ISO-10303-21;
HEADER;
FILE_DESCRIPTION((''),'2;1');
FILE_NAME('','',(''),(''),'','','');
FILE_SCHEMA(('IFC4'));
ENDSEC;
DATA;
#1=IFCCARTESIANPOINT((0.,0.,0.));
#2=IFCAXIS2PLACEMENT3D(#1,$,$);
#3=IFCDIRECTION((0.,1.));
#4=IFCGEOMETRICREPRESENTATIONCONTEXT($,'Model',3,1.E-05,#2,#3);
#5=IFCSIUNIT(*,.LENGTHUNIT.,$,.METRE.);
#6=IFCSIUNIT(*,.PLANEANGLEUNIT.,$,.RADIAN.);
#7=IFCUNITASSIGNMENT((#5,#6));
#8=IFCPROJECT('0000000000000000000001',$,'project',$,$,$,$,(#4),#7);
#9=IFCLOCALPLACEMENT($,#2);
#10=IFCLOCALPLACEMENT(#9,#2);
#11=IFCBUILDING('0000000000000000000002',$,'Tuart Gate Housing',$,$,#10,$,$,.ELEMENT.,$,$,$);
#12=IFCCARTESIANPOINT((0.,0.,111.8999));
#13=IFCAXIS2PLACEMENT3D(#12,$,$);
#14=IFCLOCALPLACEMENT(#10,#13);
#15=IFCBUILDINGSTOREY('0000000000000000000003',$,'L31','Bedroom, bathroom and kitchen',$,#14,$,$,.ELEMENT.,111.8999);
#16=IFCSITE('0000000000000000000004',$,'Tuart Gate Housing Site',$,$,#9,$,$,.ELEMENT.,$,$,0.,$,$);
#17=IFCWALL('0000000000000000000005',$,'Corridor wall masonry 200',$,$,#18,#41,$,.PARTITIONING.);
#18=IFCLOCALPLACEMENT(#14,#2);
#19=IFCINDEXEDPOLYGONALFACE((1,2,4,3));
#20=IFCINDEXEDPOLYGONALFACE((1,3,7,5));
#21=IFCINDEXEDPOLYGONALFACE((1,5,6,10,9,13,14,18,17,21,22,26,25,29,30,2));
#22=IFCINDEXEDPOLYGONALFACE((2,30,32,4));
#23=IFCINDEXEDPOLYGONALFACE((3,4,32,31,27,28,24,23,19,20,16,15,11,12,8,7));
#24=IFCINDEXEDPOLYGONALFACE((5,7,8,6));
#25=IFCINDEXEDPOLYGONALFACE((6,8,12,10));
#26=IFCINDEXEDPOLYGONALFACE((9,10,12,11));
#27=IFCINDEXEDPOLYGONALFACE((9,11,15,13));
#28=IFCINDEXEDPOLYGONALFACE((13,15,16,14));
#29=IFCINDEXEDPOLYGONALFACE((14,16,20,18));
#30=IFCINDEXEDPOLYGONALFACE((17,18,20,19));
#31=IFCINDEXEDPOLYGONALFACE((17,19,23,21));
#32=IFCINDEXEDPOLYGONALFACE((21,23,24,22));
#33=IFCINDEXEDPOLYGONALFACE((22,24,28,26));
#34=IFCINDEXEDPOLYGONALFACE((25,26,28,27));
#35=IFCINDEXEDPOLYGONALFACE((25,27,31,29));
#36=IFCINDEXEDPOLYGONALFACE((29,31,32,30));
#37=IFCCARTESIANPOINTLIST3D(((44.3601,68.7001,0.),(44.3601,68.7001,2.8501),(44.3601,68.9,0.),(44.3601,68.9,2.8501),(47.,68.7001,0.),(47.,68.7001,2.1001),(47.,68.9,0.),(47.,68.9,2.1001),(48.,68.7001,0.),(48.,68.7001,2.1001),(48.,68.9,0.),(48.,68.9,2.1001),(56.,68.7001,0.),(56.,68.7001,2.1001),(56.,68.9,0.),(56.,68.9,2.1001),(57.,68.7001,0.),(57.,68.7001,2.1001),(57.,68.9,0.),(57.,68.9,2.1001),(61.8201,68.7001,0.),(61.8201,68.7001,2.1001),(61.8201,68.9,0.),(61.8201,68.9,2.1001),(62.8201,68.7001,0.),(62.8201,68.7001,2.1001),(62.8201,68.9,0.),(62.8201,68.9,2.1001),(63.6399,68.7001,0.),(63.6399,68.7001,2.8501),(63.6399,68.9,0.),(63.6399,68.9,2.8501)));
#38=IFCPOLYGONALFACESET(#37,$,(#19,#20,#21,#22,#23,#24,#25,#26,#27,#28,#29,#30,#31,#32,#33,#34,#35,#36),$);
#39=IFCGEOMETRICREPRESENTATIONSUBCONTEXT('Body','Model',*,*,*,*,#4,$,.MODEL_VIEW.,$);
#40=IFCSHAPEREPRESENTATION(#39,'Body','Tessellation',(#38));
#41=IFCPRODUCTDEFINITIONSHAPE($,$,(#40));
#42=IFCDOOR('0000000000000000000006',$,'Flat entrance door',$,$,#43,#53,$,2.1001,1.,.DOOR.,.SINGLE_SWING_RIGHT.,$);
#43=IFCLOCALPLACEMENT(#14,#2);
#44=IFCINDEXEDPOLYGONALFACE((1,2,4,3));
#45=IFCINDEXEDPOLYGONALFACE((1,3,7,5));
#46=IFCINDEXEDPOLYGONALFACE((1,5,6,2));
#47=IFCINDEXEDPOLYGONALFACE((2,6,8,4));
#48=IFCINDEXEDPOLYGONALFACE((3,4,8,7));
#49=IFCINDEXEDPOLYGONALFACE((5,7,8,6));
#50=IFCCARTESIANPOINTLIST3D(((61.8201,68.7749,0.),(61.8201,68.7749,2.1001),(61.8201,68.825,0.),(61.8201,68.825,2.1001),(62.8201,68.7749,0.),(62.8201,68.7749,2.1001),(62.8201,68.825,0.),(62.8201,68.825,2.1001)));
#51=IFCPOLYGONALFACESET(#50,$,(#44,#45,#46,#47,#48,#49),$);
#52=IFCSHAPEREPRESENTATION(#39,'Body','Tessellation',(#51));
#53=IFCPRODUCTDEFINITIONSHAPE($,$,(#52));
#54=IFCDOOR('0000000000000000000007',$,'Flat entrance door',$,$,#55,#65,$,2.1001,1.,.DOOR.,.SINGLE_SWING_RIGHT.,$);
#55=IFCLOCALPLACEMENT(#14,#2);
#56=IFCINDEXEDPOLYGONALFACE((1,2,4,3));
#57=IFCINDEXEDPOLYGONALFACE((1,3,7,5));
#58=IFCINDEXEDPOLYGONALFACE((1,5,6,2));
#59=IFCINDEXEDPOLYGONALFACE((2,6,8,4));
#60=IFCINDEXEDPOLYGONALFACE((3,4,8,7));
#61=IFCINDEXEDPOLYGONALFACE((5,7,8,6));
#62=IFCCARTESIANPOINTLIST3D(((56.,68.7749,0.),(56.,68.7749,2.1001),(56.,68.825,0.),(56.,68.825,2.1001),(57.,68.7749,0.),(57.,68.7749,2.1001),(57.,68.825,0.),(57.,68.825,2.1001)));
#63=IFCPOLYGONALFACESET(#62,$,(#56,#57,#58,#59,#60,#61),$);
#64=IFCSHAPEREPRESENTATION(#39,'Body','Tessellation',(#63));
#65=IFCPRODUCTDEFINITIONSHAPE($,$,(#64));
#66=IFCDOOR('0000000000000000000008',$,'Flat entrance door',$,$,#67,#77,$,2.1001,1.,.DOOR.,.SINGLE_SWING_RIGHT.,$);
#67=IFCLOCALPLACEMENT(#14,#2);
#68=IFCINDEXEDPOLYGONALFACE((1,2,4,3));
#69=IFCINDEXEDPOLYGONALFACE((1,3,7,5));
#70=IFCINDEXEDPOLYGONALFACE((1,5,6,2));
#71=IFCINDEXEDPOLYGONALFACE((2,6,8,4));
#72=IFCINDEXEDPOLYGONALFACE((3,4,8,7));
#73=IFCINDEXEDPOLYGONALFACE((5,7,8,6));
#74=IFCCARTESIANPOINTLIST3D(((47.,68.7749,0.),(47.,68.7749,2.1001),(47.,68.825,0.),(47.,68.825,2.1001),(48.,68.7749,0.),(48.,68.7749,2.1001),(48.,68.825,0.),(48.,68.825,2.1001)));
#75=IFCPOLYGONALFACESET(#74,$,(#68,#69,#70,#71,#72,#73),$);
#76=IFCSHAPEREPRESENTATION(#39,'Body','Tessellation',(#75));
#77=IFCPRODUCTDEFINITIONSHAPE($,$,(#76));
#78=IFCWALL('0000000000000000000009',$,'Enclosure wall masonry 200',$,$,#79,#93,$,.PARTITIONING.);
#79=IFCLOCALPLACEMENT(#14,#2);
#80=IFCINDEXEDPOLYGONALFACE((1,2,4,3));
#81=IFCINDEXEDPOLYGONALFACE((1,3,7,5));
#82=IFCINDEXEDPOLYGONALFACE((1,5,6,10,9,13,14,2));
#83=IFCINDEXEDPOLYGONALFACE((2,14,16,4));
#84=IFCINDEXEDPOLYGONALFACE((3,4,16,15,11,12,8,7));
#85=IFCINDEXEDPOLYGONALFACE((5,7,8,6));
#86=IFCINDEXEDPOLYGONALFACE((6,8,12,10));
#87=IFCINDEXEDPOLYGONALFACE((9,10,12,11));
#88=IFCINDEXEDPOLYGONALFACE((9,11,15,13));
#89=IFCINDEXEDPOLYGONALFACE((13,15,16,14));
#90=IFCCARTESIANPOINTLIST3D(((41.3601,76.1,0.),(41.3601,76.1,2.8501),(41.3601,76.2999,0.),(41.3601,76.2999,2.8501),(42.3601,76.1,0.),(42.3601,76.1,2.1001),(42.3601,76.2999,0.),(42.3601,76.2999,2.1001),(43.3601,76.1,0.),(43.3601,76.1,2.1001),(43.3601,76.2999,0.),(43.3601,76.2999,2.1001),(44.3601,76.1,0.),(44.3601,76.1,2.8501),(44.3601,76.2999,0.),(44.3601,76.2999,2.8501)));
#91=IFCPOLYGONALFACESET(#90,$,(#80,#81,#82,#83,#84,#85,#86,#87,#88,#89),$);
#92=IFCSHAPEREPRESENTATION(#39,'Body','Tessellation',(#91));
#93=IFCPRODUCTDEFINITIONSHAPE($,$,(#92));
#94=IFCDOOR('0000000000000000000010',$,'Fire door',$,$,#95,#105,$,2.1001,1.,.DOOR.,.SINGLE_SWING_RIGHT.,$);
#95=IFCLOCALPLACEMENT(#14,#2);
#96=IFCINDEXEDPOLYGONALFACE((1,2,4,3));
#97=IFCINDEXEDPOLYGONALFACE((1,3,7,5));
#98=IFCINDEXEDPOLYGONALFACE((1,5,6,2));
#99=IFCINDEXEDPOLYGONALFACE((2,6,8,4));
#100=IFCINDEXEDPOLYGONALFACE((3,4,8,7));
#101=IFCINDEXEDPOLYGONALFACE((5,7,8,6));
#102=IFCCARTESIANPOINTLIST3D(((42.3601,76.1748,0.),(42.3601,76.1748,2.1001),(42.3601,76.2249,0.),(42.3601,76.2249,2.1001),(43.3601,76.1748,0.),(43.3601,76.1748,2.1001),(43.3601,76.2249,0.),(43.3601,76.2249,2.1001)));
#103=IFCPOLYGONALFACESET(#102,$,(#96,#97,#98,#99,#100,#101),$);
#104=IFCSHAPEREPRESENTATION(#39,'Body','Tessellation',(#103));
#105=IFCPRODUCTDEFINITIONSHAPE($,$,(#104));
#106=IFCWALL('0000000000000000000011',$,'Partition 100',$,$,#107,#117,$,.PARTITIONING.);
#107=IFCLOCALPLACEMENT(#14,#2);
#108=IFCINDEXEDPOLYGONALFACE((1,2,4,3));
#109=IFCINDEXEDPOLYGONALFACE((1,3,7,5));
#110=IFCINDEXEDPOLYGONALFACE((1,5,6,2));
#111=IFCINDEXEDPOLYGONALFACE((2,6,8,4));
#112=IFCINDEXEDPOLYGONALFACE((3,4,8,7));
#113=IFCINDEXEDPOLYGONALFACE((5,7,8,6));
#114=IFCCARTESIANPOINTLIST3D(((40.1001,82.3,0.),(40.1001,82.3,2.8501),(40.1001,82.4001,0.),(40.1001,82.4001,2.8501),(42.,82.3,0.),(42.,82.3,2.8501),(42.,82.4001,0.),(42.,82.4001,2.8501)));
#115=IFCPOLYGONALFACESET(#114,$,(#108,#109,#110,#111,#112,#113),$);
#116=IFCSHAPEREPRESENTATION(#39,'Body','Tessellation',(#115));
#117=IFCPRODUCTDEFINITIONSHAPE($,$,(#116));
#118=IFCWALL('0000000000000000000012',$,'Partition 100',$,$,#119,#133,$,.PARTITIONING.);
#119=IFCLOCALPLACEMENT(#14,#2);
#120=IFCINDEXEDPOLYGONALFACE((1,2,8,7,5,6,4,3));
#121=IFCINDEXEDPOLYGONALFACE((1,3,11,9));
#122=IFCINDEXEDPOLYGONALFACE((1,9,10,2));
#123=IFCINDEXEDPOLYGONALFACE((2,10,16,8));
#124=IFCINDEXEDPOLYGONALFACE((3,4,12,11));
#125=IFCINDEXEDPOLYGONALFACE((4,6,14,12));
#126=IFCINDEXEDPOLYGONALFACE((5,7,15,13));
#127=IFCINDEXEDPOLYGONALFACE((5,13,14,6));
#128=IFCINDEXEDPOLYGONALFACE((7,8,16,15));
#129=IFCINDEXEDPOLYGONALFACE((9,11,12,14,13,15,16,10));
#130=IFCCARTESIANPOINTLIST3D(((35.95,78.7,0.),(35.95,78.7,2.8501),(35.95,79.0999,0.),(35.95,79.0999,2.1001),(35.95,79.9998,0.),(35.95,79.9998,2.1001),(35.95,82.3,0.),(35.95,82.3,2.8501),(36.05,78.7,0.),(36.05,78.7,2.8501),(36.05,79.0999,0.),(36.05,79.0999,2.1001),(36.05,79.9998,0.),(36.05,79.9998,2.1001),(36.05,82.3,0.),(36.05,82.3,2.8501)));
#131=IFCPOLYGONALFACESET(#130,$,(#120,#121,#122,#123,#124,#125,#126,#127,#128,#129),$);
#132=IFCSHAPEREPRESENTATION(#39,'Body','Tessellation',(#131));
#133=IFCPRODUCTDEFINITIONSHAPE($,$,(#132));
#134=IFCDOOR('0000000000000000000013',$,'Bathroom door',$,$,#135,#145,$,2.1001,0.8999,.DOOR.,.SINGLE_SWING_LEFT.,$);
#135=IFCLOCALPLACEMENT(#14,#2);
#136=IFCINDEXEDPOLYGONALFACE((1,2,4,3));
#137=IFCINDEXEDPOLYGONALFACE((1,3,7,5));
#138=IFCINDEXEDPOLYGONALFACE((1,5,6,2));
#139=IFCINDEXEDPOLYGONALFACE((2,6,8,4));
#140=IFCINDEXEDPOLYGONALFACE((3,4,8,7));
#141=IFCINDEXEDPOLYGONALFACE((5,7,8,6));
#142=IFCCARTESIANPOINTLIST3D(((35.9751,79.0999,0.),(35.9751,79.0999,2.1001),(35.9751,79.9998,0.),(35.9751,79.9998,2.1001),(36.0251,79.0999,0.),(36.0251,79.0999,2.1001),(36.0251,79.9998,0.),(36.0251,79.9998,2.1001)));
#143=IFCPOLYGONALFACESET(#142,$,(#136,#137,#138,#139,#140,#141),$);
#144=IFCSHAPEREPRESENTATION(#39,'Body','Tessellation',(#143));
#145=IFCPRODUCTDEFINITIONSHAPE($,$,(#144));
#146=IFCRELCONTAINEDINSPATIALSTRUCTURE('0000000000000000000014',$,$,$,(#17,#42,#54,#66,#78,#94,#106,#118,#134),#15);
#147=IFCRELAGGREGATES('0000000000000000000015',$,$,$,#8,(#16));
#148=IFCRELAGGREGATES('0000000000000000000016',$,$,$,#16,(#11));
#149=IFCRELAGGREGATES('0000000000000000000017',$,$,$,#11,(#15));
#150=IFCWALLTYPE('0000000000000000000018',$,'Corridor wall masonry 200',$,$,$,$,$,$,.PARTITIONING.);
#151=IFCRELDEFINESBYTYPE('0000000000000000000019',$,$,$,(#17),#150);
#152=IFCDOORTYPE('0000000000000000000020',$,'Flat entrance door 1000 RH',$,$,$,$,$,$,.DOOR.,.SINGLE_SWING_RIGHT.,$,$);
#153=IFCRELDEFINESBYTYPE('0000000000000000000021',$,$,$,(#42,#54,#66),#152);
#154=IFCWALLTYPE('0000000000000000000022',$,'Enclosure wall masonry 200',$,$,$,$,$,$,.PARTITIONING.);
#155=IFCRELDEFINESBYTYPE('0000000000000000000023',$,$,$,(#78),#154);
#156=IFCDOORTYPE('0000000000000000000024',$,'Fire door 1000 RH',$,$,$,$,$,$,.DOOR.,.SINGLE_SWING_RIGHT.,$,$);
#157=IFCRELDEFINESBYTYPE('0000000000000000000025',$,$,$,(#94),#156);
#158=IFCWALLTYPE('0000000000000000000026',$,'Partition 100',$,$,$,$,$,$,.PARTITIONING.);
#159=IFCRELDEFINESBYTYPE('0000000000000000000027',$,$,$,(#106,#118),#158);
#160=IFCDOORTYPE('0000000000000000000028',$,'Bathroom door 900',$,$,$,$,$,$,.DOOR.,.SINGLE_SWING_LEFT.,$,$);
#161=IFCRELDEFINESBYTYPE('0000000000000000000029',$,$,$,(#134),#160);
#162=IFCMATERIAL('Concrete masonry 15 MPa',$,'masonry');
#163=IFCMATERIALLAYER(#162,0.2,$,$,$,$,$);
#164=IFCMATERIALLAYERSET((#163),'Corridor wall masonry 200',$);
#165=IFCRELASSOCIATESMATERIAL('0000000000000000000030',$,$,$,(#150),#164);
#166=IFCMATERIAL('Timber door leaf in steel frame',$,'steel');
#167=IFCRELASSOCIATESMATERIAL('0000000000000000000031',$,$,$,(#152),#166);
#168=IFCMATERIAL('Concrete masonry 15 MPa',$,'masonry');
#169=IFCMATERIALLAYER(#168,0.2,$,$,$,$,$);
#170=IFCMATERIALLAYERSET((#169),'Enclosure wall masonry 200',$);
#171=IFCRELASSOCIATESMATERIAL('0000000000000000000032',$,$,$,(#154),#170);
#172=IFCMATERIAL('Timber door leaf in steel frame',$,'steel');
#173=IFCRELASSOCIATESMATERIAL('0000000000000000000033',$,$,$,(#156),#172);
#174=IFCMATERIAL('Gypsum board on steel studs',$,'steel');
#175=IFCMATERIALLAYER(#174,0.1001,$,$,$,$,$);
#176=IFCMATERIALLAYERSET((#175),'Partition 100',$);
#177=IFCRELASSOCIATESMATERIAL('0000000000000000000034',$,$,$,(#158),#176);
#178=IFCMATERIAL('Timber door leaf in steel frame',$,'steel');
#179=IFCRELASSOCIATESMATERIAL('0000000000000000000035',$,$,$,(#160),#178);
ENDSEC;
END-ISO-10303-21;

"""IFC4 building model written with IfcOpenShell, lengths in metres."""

from ifc_helpers import new_model, si_unit, direction, frame, frame_2d, origin, place, context, subcontext, project, spatial, rectangle, extrude, material, layer, layer_set, type_object, element, fill, save


model = new_model("IFC4")

# Units and contexts
model_context = context("Model", 3, precision=1e-05, world=origin(), true_north=direction((0.0, 1.0)))
body_context = subcontext(model_context, "Body", "Model", "MODEL_VIEW")
ifc_project = project(units=[si_unit("LENGTHUNIT", "METRE"), si_unit("PLANEANGLEUNIT", "RADIAN")], contexts=[model_context])

# Site, building, storey
site_placement = place(None, origin())
site = spatial("IfcSite", under=ifc_project, at=site_placement, Name="Tuart Gate Housing Site", CompositionType="ELEMENT", RefElevation=0.0)
building_placement = place(site_placement, origin())
building = spatial("IfcBuilding", under=site, at=building_placement, Name="Tuart Gate Housing", CompositionType="ELEMENT")
storey_placement = place(building_placement, frame((0.0, 0.0, 111.8999)))
storey = spatial("IfcBuildingStorey", under=building, at=storey_placement, Name="L31", Description="Bedroom, bathroom and kitchen", CompositionType="ELEMENT", Elevation=111.8999)

# Wall, openings, doors
ifc_material_1 = material(Name="Concrete masonry 15 MPa", Category="masonry")
ifc_layer_1 = layer(ifc_material_1, 0.2)
ifc_layer_set_1 = layer_set([ifc_layer_1], Name="Corridor wall masonry 200")
wall_type_1 = type_object("IfcWallType", Name="Corridor wall masonry 200", PredefinedType="PARTITIONING", material=ifc_layer_set_1)
wall_1_placement = place(storey_placement, frame((44.3601, 68.8, 0.0), z_axis=(0.0, 0.0, 1.0), x_axis=(1.0, 0.0, 0.0)))
wall_1 = element("IfcWall", 1, at=wall_1_placement, inside=storey, type_object=wall_type_1, Name="Corridor wall masonry 200", PredefinedType="PARTITIONING", context=body_context, shape_type="SweptSolid", body=[
    extrude(rectangle(XDim=19.2798, YDim=0.2, at=frame_2d((9.6399, 0.0))), origin(), (0.0, 0.0, 1.0), 2.8501),
])
opening_1_placement = place(wall_1_placement, frame((17.46, 0.0, 0.0)))
opening_1 = element("IfcOpeningElement", 2, at=opening_1_placement, cuts=wall_1, PredefinedType="OPENING", context=body_context, shape_type="SweptSolid", body=[
    extrude(rectangle(XDim=1.0, YDim=2.1001, at=frame_2d((0.5, 1.05))), frame((0.0, 0.1099, 0.0), z_axis=(0.0, -1.0, 0.0), x_axis=(1.0, 0.0, 0.0)), (0.0, 0.0, 1.0), 0.22),
])
opening_2_placement = place(wall_1_placement, frame((11.6399, 0.0, 0.0)))
opening_2 = element("IfcOpeningElement", 3, at=opening_2_placement, cuts=wall_1, PredefinedType="OPENING", context=body_context, shape_type="SweptSolid", body=[
    extrude(rectangle(XDim=1.0, YDim=2.1001, at=frame_2d((0.5, 1.05))), frame((0.0, 0.1099, 0.0), z_axis=(0.0, -1.0, 0.0), x_axis=(1.0, 0.0, 0.0)), (0.0, 0.0, 1.0), 0.22),
])
opening_3_placement = place(wall_1_placement, frame((2.6399, 0.0, 0.0)))
opening_3 = element("IfcOpeningElement", 4, at=opening_3_placement, cuts=wall_1, PredefinedType="OPENING", context=body_context, shape_type="SweptSolid", body=[
    extrude(rectangle(XDim=1.0, YDim=2.1001, at=frame_2d((0.5, 1.05))), frame((0.0, 0.1099, 0.0), z_axis=(0.0, -1.0, 0.0), x_axis=(1.0, 0.0, 0.0)), (0.0, 0.0, 1.0), 0.22),
])
ifc_material_2 = material(Name="Timber door leaf in steel frame", Category="steel")
door_type_1 = type_object("IfcDoorType", Name="Flat entrance door 1000 RH", OperationType="SINGLE_SWING_RIGHT", PredefinedType="DOOR", material=ifc_material_2)
door_1_placement = place(opening_1_placement, frame((1.0, 0.0, 0.0), z_axis=(0.0, 0.0, 1.0), x_axis=(-1.0, 0.0, 0.0)))
door_1 = element("IfcDoor", 5, at=door_1_placement, inside=storey, type_object=door_type_1, Name="Flat entrance door", OperationType="SINGLE_SWING_RIGHT", OverallHeight=2.1001, OverallWidth=1.0, PredefinedType="DOOR", context=body_context, shape_type="SweptSolid", body=[
    extrude(rectangle(XDim=1.0, YDim=2.1001, at=frame_2d((0.5, 1.05))), frame((0.0, 0.0251, 0.0), z_axis=(0.0, -1.0, 0.0), x_axis=(1.0, 0.0, 0.0)), (0.0, 0.0, 1.0), 0.05),
])
fill(opening_1, door_1)
door_2_placement = place(opening_2_placement, frame((1.0, 0.0, 0.0), z_axis=(0.0, 0.0, 1.0), x_axis=(-1.0, 0.0, 0.0)))
door_2 = element("IfcDoor", 6, at=door_2_placement, inside=storey, type_object=door_type_1, Name="Flat entrance door", OperationType="SINGLE_SWING_RIGHT", OverallHeight=2.1001, OverallWidth=1.0, PredefinedType="DOOR", context=body_context, shape_type="SweptSolid", body=[
    extrude(rectangle(XDim=1.0, YDim=2.1001, at=frame_2d((0.5, 1.05))), frame((0.0, 0.0251, 0.0), z_axis=(0.0, -1.0, 0.0), x_axis=(1.0, 0.0, 0.0)), (0.0, 0.0, 1.0), 0.05),
])
fill(opening_2, door_2)
door_3_placement = place(opening_3_placement, frame((1.0, 0.0, 0.0), z_axis=(0.0, 0.0, 1.0), x_axis=(-1.0, 0.0, 0.0)))
door_3 = element("IfcDoor", 7, at=door_3_placement, inside=storey, type_object=door_type_1, Name="Flat entrance door", OperationType="SINGLE_SWING_RIGHT", OverallHeight=2.1001, OverallWidth=1.0, PredefinedType="DOOR", context=body_context, shape_type="SweptSolid", body=[
    extrude(rectangle(XDim=1.0, YDim=2.1001, at=frame_2d((0.5, 1.05))), frame((0.0, 0.0251, 0.0), z_axis=(0.0, -1.0, 0.0), x_axis=(1.0, 0.0, 0.0)), (0.0, 0.0, 1.0), 0.05),
])
fill(opening_3, door_3)

# Wall, opening, door
ifc_material_3 = material(Name="Concrete masonry 15 MPa", Category="masonry")
ifc_layer_2 = layer(ifc_material_3, 0.2)
ifc_layer_set_2 = layer_set([ifc_layer_2], Name="Enclosure wall masonry 200")
wall_type_2 = type_object("IfcWallType", Name="Enclosure wall masonry 200", PredefinedType="PARTITIONING", material=ifc_layer_set_2)
wall_2_placement = place(storey_placement, frame((41.3601, 76.2, 0.0), z_axis=(0.0, 0.0, 1.0), x_axis=(1.0, 0.0, 0.0)))
wall_2 = element("IfcWall", 8, at=wall_2_placement, inside=storey, type_object=wall_type_2, Name="Enclosure wall masonry 200", PredefinedType="PARTITIONING", context=body_context, shape_type="SweptSolid", body=[
    extrude(rectangle(XDim=3.0, YDim=0.2, at=frame_2d((1.5, 0.0))), origin(), (0.0, 0.0, 1.0), 2.8501),
])
opening_4_placement = place(wall_2_placement, frame((1.0, 0.0, 0.0)))
opening_4 = element("IfcOpeningElement", 9, at=opening_4_placement, cuts=wall_2, PredefinedType="OPENING", context=body_context, shape_type="SweptSolid", body=[
    extrude(rectangle(XDim=1.0, YDim=2.1001, at=frame_2d((0.5, 1.05))), frame((0.0, 0.1099, 0.0), z_axis=(0.0, -1.0, 0.0), x_axis=(1.0, 0.0, 0.0)), (0.0, 0.0, 1.0), 0.22),
])
ifc_material_4 = material(Name="Timber door leaf in steel frame", Category="steel")
door_type_2 = type_object("IfcDoorType", Name="Fire door 1000 RH", OperationType="SINGLE_SWING_RIGHT", PredefinedType="DOOR", material=ifc_material_4)
door_4_placement = place(opening_4_placement, origin())
door_4 = element("IfcDoor", 10, at=door_4_placement, inside=storey, type_object=door_type_2, Name="Fire door", OperationType="SINGLE_SWING_RIGHT", OverallHeight=2.1001, OverallWidth=1.0, PredefinedType="DOOR", context=body_context, shape_type="SweptSolid", body=[
    extrude(rectangle(XDim=1.0, YDim=2.1001, at=frame_2d((0.5, 1.05))), frame((0.0, 0.0249, 0.0), z_axis=(0.0, -1.0, 0.0), x_axis=(1.0, 0.0, 0.0)), (0.0, 0.0, 1.0), 0.05),
])
fill(opening_4, door_4)

# Wall
ifc_material_5 = material(Name="Gypsum board on steel studs", Category="steel")
ifc_layer_3 = layer(ifc_material_5, 0.1001)
ifc_layer_set_3 = layer_set([ifc_layer_3], Name="Partition 100")
wall_type_3 = type_object("IfcWallType", Name="Partition 100", PredefinedType="PARTITIONING", material=ifc_layer_set_3)
wall_3_placement = place(storey_placement, frame((40.1001, 82.3501, 0.0), z_axis=(0.0, 0.0, 1.0), x_axis=(1.0, 0.0, 0.0)))
element("IfcWall", 11, at=wall_3_placement, inside=storey, type_object=wall_type_3, Name="Partition 100", PredefinedType="PARTITIONING", context=body_context, shape_type="SweptSolid", body=[
    extrude(rectangle(XDim=1.8999, YDim=0.1001, at=frame_2d((0.95, 0.0))), origin(), (0.0, 0.0, 1.0), 2.8501),
])

# Wall, opening, door
wall_4_placement = place(storey_placement, frame((36.0, 78.7, 0.0), z_axis=(0.0, 0.0, 1.0), x_axis=(0.0, 1.0, 0.0)))
wall_4 = element("IfcWall", 12, at=wall_4_placement, inside=storey, type_object=wall_type_3, Name="Partition 100", PredefinedType="PARTITIONING", context=body_context, shape_type="SweptSolid", body=[
    extrude(rectangle(XDim=3.6001, YDim=0.1001, at=frame_2d((1.8, 0.0))), origin(), (0.0, 0.0, 1.0), 2.8501),
])
opening_5_placement = place(wall_4_placement, frame((0.3999, 0.0, 0.0)))
opening_5 = element("IfcOpeningElement", 13, at=opening_5_placement, cuts=wall_4, PredefinedType="OPENING", context=body_context, shape_type="SweptSolid", body=[
    extrude(rectangle(XDim=0.8999, YDim=2.1001, at=frame_2d((0.45, 1.05))), frame((0.0, 0.0601, 0.0), z_axis=(0.0, -1.0, 0.0), x_axis=(1.0, 0.0, 0.0)), (0.0, 0.0, 1.0), 0.1201),
])
ifc_material_6 = material(Name="Timber door leaf in steel frame", Category="steel")
door_type_3 = type_object("IfcDoorType", Name="Bathroom door 900", OperationType="SINGLE_SWING_LEFT", PredefinedType="DOOR", material=ifc_material_6)
door_5_placement = place(opening_5_placement, origin())
door_5 = element("IfcDoor", 14, at=door_5_placement, inside=storey, type_object=door_type_3, Name="Bathroom door", OperationType="SINGLE_SWING_LEFT", OverallHeight=2.1001, OverallWidth=0.8999, PredefinedType="DOOR", context=body_context, shape_type="SweptSolid", body=[
    extrude(rectangle(XDim=0.8999, YDim=2.1001, at=frame_2d((0.45, 1.05))), frame((0.0, 0.0249, 0.0), z_axis=(0.0, -1.0, 0.0), x_axis=(1.0, 0.0, 0.0)), (0.0, 0.0, 1.0), 0.05),
])
fill(opening_5, door_5)

save(model, "model.ifc")
